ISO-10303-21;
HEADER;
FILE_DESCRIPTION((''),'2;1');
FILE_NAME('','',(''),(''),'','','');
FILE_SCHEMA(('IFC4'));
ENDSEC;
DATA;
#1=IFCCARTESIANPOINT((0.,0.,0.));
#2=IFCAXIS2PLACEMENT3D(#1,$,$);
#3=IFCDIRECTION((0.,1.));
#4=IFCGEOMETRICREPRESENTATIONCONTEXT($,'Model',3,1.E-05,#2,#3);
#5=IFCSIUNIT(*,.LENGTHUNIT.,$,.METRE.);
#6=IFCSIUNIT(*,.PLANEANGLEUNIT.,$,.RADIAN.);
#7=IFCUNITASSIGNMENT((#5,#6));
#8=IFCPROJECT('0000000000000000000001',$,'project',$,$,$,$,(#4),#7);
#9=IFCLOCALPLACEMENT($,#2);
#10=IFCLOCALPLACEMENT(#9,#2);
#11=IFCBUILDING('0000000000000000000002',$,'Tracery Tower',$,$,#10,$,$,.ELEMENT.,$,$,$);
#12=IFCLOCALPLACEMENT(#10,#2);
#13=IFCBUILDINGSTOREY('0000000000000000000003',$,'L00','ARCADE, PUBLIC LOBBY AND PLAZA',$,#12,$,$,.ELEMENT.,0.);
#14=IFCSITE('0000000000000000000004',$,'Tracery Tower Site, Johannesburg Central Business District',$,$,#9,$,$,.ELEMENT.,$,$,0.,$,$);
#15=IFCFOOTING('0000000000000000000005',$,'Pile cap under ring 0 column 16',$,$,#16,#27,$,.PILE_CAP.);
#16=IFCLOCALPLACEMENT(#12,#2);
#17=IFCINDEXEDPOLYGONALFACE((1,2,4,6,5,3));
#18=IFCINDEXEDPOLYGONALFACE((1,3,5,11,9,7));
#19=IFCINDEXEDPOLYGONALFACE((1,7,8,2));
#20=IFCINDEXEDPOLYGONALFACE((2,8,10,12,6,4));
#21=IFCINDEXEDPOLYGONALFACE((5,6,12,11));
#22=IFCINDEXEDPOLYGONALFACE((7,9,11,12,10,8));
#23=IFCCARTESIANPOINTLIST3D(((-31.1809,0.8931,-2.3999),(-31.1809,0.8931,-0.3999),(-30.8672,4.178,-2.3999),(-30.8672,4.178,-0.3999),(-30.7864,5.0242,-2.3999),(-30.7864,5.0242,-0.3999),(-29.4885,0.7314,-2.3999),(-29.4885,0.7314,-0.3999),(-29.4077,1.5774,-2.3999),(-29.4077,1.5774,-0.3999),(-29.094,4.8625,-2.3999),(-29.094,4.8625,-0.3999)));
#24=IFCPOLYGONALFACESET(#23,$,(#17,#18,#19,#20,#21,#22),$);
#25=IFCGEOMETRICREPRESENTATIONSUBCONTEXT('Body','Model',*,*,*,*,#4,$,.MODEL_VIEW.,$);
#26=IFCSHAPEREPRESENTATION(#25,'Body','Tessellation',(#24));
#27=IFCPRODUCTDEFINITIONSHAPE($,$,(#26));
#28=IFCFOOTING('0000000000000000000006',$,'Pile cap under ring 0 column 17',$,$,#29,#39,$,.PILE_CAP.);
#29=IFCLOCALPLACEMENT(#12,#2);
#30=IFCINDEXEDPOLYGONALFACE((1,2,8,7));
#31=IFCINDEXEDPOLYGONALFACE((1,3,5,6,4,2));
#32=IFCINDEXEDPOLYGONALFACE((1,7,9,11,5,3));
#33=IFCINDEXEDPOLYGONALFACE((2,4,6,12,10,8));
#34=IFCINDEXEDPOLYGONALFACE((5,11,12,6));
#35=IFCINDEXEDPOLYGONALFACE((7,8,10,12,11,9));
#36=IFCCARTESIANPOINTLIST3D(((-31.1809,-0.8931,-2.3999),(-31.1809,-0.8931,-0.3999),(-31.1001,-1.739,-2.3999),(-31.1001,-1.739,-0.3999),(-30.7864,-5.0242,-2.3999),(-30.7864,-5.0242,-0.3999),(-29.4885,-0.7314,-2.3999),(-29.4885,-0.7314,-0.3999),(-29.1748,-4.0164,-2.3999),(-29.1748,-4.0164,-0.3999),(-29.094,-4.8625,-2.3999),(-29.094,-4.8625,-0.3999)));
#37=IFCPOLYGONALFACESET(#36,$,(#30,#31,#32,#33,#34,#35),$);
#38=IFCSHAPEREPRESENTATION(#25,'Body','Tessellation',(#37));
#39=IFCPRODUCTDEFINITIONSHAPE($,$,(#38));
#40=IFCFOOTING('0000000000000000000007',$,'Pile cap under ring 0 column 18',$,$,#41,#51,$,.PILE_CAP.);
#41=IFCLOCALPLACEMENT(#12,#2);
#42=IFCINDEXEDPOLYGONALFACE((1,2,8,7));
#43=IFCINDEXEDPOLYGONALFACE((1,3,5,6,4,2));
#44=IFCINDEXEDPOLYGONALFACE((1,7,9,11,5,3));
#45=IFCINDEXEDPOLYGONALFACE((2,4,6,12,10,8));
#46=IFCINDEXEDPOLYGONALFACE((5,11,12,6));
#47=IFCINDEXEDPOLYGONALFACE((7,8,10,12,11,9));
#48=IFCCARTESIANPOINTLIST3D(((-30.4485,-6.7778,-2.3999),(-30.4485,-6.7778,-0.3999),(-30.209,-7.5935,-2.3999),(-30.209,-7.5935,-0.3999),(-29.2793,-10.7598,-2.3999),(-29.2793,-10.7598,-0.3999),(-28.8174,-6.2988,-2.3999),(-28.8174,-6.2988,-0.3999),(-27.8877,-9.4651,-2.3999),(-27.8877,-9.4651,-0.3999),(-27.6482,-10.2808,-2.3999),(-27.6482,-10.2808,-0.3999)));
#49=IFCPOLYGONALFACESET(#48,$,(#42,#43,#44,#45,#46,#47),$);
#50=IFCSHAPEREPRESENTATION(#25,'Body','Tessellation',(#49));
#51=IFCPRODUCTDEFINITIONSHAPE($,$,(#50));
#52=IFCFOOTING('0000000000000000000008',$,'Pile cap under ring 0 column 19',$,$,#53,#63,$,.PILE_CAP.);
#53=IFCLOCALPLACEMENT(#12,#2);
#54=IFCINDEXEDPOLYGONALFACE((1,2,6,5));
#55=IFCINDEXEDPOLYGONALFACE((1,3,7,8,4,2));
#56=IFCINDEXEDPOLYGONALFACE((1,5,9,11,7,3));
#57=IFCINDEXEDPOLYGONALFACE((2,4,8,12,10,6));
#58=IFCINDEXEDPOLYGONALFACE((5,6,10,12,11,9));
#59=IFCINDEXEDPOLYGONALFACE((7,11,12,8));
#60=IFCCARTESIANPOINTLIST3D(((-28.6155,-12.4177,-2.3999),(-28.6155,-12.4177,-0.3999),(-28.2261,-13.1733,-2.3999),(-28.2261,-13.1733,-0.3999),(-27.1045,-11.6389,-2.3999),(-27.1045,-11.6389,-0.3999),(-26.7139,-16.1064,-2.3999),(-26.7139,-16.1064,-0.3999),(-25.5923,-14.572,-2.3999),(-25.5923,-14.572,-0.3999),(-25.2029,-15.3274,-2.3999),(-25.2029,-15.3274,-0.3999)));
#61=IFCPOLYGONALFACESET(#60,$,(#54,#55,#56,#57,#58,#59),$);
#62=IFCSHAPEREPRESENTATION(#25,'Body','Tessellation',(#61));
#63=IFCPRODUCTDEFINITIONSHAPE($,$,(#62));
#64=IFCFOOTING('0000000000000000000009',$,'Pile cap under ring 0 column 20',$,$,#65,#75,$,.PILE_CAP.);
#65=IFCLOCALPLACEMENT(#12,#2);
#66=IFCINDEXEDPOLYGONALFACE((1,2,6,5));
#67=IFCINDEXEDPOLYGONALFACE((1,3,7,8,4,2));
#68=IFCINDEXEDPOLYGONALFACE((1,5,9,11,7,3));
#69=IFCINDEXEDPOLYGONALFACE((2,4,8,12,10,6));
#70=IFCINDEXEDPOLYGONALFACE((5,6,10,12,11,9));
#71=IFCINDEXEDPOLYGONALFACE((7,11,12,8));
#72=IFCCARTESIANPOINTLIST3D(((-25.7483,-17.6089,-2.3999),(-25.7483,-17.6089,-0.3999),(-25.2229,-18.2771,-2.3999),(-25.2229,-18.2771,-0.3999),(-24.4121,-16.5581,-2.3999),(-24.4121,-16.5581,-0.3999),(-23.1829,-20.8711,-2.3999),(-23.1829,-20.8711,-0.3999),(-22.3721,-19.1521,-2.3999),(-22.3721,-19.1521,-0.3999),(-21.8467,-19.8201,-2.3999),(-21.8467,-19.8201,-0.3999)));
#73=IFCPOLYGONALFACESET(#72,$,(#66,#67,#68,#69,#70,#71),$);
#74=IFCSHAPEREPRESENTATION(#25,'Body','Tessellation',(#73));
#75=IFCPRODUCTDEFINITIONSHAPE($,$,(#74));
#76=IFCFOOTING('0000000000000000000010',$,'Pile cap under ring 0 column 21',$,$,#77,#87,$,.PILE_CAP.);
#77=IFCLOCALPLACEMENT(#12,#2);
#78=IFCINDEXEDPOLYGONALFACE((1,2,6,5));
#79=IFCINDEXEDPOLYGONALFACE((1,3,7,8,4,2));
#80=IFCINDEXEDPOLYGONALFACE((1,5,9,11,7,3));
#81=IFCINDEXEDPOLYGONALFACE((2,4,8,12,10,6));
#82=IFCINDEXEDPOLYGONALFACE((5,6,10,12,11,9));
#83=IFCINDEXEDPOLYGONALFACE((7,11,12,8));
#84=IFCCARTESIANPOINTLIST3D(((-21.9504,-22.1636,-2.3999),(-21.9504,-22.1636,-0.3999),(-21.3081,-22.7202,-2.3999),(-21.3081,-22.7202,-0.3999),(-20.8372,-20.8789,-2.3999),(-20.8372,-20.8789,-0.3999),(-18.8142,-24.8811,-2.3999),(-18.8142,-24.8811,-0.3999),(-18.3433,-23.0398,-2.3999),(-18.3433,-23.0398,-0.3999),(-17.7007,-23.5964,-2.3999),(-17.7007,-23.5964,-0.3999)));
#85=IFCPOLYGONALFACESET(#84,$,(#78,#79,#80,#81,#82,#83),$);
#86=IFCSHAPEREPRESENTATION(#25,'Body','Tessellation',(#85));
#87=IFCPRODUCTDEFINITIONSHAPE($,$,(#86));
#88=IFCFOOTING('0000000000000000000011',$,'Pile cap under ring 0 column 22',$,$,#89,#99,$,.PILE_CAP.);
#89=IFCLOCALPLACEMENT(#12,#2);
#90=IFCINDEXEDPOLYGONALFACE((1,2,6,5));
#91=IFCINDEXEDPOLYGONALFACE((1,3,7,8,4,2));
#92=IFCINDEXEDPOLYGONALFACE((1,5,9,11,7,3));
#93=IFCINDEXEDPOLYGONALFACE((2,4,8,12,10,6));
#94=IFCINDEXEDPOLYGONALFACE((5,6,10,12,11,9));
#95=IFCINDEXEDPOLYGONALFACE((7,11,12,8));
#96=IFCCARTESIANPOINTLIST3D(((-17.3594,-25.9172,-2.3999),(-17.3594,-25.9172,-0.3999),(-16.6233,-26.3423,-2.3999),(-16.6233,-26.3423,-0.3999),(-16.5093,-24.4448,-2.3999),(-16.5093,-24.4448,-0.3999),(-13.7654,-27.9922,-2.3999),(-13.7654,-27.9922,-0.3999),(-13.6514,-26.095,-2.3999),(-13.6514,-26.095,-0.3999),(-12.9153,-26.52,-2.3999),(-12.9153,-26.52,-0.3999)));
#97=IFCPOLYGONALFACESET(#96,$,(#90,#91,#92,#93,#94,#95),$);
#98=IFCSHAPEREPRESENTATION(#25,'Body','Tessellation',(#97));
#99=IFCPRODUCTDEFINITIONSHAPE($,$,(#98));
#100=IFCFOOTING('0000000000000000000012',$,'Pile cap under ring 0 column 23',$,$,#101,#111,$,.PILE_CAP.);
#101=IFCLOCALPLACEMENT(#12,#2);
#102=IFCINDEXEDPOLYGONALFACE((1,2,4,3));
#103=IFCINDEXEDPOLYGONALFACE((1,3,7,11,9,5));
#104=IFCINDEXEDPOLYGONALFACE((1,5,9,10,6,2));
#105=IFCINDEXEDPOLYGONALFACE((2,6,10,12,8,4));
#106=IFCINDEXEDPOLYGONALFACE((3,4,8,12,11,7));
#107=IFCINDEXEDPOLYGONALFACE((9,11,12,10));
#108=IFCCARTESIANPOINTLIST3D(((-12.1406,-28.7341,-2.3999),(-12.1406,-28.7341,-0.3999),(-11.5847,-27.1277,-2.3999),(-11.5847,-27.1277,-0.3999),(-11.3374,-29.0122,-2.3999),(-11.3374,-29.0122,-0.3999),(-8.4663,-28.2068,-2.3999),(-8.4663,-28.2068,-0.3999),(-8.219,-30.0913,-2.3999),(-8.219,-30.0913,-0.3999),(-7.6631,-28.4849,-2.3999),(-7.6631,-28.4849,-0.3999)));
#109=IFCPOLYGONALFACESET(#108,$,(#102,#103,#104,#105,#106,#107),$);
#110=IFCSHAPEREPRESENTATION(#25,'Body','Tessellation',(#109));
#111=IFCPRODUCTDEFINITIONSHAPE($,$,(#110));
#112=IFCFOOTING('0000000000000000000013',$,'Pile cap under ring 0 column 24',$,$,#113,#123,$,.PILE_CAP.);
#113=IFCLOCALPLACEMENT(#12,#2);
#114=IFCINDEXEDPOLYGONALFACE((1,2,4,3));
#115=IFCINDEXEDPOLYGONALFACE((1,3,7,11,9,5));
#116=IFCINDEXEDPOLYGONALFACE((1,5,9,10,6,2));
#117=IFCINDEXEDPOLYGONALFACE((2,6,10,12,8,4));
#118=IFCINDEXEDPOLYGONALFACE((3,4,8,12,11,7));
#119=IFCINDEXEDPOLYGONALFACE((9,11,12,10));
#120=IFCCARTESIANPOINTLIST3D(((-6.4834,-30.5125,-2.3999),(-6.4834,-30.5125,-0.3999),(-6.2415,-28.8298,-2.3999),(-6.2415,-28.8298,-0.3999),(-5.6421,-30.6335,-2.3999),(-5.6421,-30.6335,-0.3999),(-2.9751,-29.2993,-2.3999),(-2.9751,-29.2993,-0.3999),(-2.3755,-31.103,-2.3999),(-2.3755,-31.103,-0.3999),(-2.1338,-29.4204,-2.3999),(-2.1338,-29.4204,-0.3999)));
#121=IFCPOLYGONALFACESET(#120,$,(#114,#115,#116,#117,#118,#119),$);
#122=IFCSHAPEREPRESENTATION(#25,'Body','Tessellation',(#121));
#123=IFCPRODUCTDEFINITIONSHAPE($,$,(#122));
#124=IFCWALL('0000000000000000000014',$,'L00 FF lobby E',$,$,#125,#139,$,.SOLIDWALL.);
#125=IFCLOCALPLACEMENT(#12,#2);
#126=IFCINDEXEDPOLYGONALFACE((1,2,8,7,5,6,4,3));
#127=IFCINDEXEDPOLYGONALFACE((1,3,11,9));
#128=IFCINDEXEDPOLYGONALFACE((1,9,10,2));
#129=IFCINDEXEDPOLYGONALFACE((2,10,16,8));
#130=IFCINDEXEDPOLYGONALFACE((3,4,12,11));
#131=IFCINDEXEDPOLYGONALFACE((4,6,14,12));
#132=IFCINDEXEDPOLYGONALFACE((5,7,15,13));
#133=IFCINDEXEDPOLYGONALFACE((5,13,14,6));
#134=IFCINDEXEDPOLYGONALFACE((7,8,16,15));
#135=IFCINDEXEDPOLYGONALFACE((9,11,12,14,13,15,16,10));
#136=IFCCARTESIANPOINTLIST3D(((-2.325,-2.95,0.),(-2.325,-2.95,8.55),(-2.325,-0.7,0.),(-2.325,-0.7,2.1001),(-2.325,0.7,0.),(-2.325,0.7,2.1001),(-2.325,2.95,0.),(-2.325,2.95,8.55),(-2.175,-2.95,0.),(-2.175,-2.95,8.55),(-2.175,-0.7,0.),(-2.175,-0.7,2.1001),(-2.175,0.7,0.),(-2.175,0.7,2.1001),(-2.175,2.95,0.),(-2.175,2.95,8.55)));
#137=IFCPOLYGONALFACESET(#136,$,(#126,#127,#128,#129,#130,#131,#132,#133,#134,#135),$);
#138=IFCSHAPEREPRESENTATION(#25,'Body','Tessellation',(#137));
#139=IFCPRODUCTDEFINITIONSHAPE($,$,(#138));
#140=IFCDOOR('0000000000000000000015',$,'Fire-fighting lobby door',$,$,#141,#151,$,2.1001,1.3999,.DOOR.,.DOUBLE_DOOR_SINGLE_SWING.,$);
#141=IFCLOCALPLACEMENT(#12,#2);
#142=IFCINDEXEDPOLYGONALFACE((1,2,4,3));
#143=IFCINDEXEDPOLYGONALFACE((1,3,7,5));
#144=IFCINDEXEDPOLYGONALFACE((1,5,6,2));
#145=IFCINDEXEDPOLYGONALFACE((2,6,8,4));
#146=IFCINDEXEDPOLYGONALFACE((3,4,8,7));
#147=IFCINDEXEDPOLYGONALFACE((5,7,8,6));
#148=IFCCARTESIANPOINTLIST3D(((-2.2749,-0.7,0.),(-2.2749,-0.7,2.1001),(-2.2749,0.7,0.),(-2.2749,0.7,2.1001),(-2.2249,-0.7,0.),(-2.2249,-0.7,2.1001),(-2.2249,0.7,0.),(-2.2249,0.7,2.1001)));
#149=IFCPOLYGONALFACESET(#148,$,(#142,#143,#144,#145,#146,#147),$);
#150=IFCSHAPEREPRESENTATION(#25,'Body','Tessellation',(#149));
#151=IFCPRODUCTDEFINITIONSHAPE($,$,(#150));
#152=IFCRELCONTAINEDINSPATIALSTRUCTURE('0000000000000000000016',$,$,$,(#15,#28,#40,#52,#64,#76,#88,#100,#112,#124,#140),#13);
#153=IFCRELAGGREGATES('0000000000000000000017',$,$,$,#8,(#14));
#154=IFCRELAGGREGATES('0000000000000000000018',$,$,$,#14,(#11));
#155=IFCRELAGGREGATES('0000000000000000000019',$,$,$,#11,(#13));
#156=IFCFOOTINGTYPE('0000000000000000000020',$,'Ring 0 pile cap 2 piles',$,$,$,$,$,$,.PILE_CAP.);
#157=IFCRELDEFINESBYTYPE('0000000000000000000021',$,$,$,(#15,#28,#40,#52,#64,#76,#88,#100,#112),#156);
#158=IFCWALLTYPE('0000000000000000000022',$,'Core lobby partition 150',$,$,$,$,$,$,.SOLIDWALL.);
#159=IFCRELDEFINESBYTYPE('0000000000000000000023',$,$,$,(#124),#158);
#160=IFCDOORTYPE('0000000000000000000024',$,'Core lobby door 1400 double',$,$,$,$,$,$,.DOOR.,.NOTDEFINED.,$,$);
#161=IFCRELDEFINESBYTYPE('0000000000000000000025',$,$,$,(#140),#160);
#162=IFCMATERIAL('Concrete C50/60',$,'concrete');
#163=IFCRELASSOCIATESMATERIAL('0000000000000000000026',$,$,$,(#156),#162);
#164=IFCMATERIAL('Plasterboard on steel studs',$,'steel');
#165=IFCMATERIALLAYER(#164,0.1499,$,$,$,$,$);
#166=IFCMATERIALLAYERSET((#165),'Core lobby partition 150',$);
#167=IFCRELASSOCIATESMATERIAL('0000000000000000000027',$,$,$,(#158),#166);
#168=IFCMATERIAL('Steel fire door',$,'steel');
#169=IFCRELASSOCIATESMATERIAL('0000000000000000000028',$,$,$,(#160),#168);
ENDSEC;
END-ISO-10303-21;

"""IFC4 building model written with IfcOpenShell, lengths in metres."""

from ifc_helpers import new_model, si_unit, direction, frame, frame_2d, origin, place, context, subcontext, project, spatial, polyline, rectangle, outline, extrude, material, layer, layer_set, type_object, element, fill, save


model = new_model("IFC4")

# Units and contexts
model_context = context("Model", 3, precision=1e-05, world=origin(), true_north=direction((0.0, 1.0)))
body_context = subcontext(model_context, "Body", "Model", "MODEL_VIEW")
ifc_project = project(units=[si_unit("LENGTHUNIT", "METRE"), si_unit("PLANEANGLEUNIT", "RADIAN")], contexts=[model_context])

# Site, building, storey
site_placement = place(None, origin())
site = spatial("IfcSite", under=ifc_project, at=site_placement, Name="Tracery Tower Site, Johannesburg Central Business District", CompositionType="ELEMENT", RefElevation=0.0)
building_placement = place(site_placement, origin())
building = spatial("IfcBuilding", under=site, at=building_placement, Name="Tracery Tower", CompositionType="ELEMENT")
storey_placement = place(building_placement, origin())
storey = spatial("IfcBuildingStorey", under=building, at=storey_placement, Name="L00", Description="ARCADE, PUBLIC LOBBY AND PLAZA", CompositionType="ELEMENT", Elevation=0.0)

# Footings
ifc_material_1 = material(Name="Concrete C50/60", Category="concrete")
footing_type = type_object("IfcFootingType", Name="Ring 0 pile cap 2 piles", PredefinedType="PILE_CAP", material=ifc_material_1)
footing_1_placement = place(storey_placement, frame((0.0, 0.0, -2.3999)))
element("IfcFooting", 1, at=footing_1_placement, inside=storey, type_object=footing_type, Name="Pile cap under ring 0 column 16", PredefinedType="PILE_CAP", context=body_context, shape_type="SweptSolid", body=[
    extrude(outline(polyline([(-29.094, 4.8625), (-30.7864, 5.0242), (-30.8672, 4.178), (-31.1809, 0.8931), (-29.4885, 0.7314), (-29.4077, 1.5774), (-29.094, 4.8625)])), origin(), (0.0, 0.0, 1.0), 2.0),
])
footing_2_placement = place(storey_placement, frame((0.0, 0.0, -2.3999)))
element("IfcFooting", 2, at=footing_2_placement, inside=storey, type_object=footing_type, Name="Pile cap under ring 0 column 17", PredefinedType="PILE_CAP", context=body_context, shape_type="SweptSolid", body=[
    extrude(outline(polyline([(-29.4885, -0.7314), (-31.1809, -0.8931), (-31.1001, -1.739), (-30.7864, -5.0242), (-29.094, -4.8625), (-29.1748, -4.0164), (-29.4885, -0.7314)])), origin(), (0.0, 0.0, 1.0), 2.0),
])
footing_3_placement = place(storey_placement, frame((0.0, 0.0, -2.3999)))
element("IfcFooting", 3, at=footing_3_placement, inside=storey, type_object=footing_type, Name="Pile cap under ring 0 column 18", PredefinedType="PILE_CAP", context=body_context, shape_type="SweptSolid", body=[
    extrude(outline(polyline([(-28.8174, -6.2988), (-30.4485, -6.7778), (-30.209, -7.5935), (-29.2793, -10.7598), (-27.6482, -10.2808), (-27.8877, -9.4651), (-28.8174, -6.2988)])), origin(), (0.0, 0.0, 1.0), 2.0),
])
footing_4_placement = place(storey_placement, frame((0.0, 0.0, -2.3999)))
element("IfcFooting", 4, at=footing_4_placement, inside=storey, type_object=footing_type, Name="Pile cap under ring 0 column 19", PredefinedType="PILE_CAP", context=body_context, shape_type="SweptSolid", body=[
    extrude(outline(polyline([(-27.1045, -11.6389), (-28.6155, -12.4177), (-28.2261, -13.1733), (-26.7139, -16.1064), (-25.2029, -15.3274), (-25.5923, -14.572), (-27.1045, -11.6389)])), origin(), (0.0, 0.0, 1.0), 2.0),
])
footing_5_placement = place(storey_placement, frame((0.0, 0.0, -2.3999)))
element("IfcFooting", 5, at=footing_5_placement, inside=storey, type_object=footing_type, Name="Pile cap under ring 0 column 20", PredefinedType="PILE_CAP", context=body_context, shape_type="SweptSolid", body=[
    extrude(outline(polyline([(-24.4121, -16.5581), (-25.7483, -17.6089), (-25.2229, -18.2771), (-23.1829, -20.8711), (-21.8467, -19.8201), (-22.3721, -19.1521), (-24.4121, -16.5581)])), origin(), (0.0, 0.0, 1.0), 2.0),
])
footing_6_placement = place(storey_placement, frame((0.0, 0.0, -2.3999)))
element("IfcFooting", 6, at=footing_6_placement, inside=storey, type_object=footing_type, Name="Pile cap under ring 0 column 21", PredefinedType="PILE_CAP", context=body_context, shape_type="SweptSolid", body=[
    extrude(outline(polyline([(-20.8372, -20.8789), (-21.9504, -22.1636), (-21.3081, -22.7202), (-18.8142, -24.8811), (-17.7007, -23.5964), (-18.3433, -23.0398), (-20.8372, -20.8789)])), origin(), (0.0, 0.0, 1.0), 2.0),
])
footing_7_placement = place(storey_placement, frame((0.0, 0.0, -2.3999)))
element("IfcFooting", 7, at=footing_7_placement, inside=storey, type_object=footing_type, Name="Pile cap under ring 0 column 22", PredefinedType="PILE_CAP", context=body_context, shape_type="SweptSolid", body=[
    extrude(outline(polyline([(-16.5093, -24.4448), (-17.3594, -25.9172), (-16.6233, -26.3423), (-13.7654, -27.9922), (-12.9153, -26.52), (-13.6514, -26.095), (-16.5093, -24.4448)])), origin(), (0.0, 0.0, 1.0), 2.0),
])
footing_8_placement = place(storey_placement, frame((0.0, 0.0, -2.3999)))
element("IfcFooting", 8, at=footing_8_placement, inside=storey, type_object=footing_type, Name="Pile cap under ring 0 column 23", PredefinedType="PILE_CAP", context=body_context, shape_type="SweptSolid", body=[
    extrude(outline(polyline([(-11.5847, -27.1277), (-12.1406, -28.7341), (-11.3374, -29.0122), (-8.219, -30.0913), (-7.6631, -28.4849), (-8.4663, -28.2068), (-11.5847, -27.1277)])), origin(), (0.0, 0.0, 1.0), 2.0),
])
footing_9_placement = place(storey_placement, frame((0.0, 0.0, -2.3999)))
element("IfcFooting", 9, at=footing_9_placement, inside=storey, type_object=footing_type, Name="Pile cap under ring 0 column 24", PredefinedType="PILE_CAP", context=body_context, shape_type="SweptSolid", body=[
    extrude(outline(polyline([(-6.2415, -28.8298), (-6.4834, -30.5125), (-5.6421, -30.6335), (-2.3755, -31.103), (-2.1338, -29.4204), (-2.9751, -29.2993), (-6.2415, -28.8298)])), origin(), (0.0, 0.0, 1.0), 2.0),
])

# Wall, opening, door
ifc_material_2 = material(Name="Plasterboard on steel studs", Category="steel")
ifc_layer = layer(ifc_material_2, 0.1499)
ifc_layer_set = layer_set([ifc_layer], Name="Core lobby partition 150")
wall_type = type_object("IfcWallType", Name="Core lobby partition 150", PredefinedType="SOLIDWALL", material=ifc_layer_set)
wall_placement = place(storey_placement, frame((-2.25, -2.95, 0.0), z_axis=(0.0, 0.0, 1.0), x_axis=(0.0, 1.0, 0.0)))
wall = element("IfcWall", 10, at=wall_placement, inside=storey, type_object=wall_type, Name="L00 FF lobby E", PredefinedType="SOLIDWALL", context=body_context, shape_type="SweptSolid", body=[
    extrude(rectangle(XDim=5.8999, YDim=0.1499, at=frame_2d((2.95, 0.0))), origin(), (0.0, 0.0, 1.0), 8.55),
])
opening_placement = place(wall_placement, frame((2.25, 0.0, 0.0)))
opening = element("IfcOpeningElement", 11, at=opening_placement, cuts=wall, PredefinedType="OPENING", context=body_context, shape_type="SweptSolid", body=[
    extrude(rectangle(XDim=1.3999, YDim=2.1001, at=frame_2d((0.7, 1.05))), frame((0.0, 0.075, 0.0), z_axis=(0.0, -1.0, 0.0), x_axis=(1.0, 0.0, 0.0)), (0.0, 0.0, 1.0), 0.1499),
])
ifc_material_3 = material(Name="Steel fire door", Category="steel")
door_type = type_object("IfcDoorType", Name="Core lobby door 1400 double", OperationType="NOTDEFINED", PredefinedType="DOOR", material=ifc_material_3)
door_placement = place(opening_placement, origin())
door = element("IfcDoor", 12, at=door_placement, inside=storey, type_object=door_type, Name="Fire-fighting lobby door", OperationType="DOUBLE_DOOR_SINGLE_SWING", OverallHeight=2.1001, OverallWidth=1.3999, PredefinedType="DOOR", context=body_context, shape_type="SweptSolid", body=[
    extrude(rectangle(XDim=1.3999, YDim=2.1001, at=frame_2d((0.7, 1.05))), frame((0.0, 0.0249, 0.0), z_axis=(0.0, -1.0, 0.0), x_axis=(1.0, 0.0, 0.0)), (0.0, 0.0, 1.0), 0.05),
])
fill(opening, door)

save(model, "model.ifc")
